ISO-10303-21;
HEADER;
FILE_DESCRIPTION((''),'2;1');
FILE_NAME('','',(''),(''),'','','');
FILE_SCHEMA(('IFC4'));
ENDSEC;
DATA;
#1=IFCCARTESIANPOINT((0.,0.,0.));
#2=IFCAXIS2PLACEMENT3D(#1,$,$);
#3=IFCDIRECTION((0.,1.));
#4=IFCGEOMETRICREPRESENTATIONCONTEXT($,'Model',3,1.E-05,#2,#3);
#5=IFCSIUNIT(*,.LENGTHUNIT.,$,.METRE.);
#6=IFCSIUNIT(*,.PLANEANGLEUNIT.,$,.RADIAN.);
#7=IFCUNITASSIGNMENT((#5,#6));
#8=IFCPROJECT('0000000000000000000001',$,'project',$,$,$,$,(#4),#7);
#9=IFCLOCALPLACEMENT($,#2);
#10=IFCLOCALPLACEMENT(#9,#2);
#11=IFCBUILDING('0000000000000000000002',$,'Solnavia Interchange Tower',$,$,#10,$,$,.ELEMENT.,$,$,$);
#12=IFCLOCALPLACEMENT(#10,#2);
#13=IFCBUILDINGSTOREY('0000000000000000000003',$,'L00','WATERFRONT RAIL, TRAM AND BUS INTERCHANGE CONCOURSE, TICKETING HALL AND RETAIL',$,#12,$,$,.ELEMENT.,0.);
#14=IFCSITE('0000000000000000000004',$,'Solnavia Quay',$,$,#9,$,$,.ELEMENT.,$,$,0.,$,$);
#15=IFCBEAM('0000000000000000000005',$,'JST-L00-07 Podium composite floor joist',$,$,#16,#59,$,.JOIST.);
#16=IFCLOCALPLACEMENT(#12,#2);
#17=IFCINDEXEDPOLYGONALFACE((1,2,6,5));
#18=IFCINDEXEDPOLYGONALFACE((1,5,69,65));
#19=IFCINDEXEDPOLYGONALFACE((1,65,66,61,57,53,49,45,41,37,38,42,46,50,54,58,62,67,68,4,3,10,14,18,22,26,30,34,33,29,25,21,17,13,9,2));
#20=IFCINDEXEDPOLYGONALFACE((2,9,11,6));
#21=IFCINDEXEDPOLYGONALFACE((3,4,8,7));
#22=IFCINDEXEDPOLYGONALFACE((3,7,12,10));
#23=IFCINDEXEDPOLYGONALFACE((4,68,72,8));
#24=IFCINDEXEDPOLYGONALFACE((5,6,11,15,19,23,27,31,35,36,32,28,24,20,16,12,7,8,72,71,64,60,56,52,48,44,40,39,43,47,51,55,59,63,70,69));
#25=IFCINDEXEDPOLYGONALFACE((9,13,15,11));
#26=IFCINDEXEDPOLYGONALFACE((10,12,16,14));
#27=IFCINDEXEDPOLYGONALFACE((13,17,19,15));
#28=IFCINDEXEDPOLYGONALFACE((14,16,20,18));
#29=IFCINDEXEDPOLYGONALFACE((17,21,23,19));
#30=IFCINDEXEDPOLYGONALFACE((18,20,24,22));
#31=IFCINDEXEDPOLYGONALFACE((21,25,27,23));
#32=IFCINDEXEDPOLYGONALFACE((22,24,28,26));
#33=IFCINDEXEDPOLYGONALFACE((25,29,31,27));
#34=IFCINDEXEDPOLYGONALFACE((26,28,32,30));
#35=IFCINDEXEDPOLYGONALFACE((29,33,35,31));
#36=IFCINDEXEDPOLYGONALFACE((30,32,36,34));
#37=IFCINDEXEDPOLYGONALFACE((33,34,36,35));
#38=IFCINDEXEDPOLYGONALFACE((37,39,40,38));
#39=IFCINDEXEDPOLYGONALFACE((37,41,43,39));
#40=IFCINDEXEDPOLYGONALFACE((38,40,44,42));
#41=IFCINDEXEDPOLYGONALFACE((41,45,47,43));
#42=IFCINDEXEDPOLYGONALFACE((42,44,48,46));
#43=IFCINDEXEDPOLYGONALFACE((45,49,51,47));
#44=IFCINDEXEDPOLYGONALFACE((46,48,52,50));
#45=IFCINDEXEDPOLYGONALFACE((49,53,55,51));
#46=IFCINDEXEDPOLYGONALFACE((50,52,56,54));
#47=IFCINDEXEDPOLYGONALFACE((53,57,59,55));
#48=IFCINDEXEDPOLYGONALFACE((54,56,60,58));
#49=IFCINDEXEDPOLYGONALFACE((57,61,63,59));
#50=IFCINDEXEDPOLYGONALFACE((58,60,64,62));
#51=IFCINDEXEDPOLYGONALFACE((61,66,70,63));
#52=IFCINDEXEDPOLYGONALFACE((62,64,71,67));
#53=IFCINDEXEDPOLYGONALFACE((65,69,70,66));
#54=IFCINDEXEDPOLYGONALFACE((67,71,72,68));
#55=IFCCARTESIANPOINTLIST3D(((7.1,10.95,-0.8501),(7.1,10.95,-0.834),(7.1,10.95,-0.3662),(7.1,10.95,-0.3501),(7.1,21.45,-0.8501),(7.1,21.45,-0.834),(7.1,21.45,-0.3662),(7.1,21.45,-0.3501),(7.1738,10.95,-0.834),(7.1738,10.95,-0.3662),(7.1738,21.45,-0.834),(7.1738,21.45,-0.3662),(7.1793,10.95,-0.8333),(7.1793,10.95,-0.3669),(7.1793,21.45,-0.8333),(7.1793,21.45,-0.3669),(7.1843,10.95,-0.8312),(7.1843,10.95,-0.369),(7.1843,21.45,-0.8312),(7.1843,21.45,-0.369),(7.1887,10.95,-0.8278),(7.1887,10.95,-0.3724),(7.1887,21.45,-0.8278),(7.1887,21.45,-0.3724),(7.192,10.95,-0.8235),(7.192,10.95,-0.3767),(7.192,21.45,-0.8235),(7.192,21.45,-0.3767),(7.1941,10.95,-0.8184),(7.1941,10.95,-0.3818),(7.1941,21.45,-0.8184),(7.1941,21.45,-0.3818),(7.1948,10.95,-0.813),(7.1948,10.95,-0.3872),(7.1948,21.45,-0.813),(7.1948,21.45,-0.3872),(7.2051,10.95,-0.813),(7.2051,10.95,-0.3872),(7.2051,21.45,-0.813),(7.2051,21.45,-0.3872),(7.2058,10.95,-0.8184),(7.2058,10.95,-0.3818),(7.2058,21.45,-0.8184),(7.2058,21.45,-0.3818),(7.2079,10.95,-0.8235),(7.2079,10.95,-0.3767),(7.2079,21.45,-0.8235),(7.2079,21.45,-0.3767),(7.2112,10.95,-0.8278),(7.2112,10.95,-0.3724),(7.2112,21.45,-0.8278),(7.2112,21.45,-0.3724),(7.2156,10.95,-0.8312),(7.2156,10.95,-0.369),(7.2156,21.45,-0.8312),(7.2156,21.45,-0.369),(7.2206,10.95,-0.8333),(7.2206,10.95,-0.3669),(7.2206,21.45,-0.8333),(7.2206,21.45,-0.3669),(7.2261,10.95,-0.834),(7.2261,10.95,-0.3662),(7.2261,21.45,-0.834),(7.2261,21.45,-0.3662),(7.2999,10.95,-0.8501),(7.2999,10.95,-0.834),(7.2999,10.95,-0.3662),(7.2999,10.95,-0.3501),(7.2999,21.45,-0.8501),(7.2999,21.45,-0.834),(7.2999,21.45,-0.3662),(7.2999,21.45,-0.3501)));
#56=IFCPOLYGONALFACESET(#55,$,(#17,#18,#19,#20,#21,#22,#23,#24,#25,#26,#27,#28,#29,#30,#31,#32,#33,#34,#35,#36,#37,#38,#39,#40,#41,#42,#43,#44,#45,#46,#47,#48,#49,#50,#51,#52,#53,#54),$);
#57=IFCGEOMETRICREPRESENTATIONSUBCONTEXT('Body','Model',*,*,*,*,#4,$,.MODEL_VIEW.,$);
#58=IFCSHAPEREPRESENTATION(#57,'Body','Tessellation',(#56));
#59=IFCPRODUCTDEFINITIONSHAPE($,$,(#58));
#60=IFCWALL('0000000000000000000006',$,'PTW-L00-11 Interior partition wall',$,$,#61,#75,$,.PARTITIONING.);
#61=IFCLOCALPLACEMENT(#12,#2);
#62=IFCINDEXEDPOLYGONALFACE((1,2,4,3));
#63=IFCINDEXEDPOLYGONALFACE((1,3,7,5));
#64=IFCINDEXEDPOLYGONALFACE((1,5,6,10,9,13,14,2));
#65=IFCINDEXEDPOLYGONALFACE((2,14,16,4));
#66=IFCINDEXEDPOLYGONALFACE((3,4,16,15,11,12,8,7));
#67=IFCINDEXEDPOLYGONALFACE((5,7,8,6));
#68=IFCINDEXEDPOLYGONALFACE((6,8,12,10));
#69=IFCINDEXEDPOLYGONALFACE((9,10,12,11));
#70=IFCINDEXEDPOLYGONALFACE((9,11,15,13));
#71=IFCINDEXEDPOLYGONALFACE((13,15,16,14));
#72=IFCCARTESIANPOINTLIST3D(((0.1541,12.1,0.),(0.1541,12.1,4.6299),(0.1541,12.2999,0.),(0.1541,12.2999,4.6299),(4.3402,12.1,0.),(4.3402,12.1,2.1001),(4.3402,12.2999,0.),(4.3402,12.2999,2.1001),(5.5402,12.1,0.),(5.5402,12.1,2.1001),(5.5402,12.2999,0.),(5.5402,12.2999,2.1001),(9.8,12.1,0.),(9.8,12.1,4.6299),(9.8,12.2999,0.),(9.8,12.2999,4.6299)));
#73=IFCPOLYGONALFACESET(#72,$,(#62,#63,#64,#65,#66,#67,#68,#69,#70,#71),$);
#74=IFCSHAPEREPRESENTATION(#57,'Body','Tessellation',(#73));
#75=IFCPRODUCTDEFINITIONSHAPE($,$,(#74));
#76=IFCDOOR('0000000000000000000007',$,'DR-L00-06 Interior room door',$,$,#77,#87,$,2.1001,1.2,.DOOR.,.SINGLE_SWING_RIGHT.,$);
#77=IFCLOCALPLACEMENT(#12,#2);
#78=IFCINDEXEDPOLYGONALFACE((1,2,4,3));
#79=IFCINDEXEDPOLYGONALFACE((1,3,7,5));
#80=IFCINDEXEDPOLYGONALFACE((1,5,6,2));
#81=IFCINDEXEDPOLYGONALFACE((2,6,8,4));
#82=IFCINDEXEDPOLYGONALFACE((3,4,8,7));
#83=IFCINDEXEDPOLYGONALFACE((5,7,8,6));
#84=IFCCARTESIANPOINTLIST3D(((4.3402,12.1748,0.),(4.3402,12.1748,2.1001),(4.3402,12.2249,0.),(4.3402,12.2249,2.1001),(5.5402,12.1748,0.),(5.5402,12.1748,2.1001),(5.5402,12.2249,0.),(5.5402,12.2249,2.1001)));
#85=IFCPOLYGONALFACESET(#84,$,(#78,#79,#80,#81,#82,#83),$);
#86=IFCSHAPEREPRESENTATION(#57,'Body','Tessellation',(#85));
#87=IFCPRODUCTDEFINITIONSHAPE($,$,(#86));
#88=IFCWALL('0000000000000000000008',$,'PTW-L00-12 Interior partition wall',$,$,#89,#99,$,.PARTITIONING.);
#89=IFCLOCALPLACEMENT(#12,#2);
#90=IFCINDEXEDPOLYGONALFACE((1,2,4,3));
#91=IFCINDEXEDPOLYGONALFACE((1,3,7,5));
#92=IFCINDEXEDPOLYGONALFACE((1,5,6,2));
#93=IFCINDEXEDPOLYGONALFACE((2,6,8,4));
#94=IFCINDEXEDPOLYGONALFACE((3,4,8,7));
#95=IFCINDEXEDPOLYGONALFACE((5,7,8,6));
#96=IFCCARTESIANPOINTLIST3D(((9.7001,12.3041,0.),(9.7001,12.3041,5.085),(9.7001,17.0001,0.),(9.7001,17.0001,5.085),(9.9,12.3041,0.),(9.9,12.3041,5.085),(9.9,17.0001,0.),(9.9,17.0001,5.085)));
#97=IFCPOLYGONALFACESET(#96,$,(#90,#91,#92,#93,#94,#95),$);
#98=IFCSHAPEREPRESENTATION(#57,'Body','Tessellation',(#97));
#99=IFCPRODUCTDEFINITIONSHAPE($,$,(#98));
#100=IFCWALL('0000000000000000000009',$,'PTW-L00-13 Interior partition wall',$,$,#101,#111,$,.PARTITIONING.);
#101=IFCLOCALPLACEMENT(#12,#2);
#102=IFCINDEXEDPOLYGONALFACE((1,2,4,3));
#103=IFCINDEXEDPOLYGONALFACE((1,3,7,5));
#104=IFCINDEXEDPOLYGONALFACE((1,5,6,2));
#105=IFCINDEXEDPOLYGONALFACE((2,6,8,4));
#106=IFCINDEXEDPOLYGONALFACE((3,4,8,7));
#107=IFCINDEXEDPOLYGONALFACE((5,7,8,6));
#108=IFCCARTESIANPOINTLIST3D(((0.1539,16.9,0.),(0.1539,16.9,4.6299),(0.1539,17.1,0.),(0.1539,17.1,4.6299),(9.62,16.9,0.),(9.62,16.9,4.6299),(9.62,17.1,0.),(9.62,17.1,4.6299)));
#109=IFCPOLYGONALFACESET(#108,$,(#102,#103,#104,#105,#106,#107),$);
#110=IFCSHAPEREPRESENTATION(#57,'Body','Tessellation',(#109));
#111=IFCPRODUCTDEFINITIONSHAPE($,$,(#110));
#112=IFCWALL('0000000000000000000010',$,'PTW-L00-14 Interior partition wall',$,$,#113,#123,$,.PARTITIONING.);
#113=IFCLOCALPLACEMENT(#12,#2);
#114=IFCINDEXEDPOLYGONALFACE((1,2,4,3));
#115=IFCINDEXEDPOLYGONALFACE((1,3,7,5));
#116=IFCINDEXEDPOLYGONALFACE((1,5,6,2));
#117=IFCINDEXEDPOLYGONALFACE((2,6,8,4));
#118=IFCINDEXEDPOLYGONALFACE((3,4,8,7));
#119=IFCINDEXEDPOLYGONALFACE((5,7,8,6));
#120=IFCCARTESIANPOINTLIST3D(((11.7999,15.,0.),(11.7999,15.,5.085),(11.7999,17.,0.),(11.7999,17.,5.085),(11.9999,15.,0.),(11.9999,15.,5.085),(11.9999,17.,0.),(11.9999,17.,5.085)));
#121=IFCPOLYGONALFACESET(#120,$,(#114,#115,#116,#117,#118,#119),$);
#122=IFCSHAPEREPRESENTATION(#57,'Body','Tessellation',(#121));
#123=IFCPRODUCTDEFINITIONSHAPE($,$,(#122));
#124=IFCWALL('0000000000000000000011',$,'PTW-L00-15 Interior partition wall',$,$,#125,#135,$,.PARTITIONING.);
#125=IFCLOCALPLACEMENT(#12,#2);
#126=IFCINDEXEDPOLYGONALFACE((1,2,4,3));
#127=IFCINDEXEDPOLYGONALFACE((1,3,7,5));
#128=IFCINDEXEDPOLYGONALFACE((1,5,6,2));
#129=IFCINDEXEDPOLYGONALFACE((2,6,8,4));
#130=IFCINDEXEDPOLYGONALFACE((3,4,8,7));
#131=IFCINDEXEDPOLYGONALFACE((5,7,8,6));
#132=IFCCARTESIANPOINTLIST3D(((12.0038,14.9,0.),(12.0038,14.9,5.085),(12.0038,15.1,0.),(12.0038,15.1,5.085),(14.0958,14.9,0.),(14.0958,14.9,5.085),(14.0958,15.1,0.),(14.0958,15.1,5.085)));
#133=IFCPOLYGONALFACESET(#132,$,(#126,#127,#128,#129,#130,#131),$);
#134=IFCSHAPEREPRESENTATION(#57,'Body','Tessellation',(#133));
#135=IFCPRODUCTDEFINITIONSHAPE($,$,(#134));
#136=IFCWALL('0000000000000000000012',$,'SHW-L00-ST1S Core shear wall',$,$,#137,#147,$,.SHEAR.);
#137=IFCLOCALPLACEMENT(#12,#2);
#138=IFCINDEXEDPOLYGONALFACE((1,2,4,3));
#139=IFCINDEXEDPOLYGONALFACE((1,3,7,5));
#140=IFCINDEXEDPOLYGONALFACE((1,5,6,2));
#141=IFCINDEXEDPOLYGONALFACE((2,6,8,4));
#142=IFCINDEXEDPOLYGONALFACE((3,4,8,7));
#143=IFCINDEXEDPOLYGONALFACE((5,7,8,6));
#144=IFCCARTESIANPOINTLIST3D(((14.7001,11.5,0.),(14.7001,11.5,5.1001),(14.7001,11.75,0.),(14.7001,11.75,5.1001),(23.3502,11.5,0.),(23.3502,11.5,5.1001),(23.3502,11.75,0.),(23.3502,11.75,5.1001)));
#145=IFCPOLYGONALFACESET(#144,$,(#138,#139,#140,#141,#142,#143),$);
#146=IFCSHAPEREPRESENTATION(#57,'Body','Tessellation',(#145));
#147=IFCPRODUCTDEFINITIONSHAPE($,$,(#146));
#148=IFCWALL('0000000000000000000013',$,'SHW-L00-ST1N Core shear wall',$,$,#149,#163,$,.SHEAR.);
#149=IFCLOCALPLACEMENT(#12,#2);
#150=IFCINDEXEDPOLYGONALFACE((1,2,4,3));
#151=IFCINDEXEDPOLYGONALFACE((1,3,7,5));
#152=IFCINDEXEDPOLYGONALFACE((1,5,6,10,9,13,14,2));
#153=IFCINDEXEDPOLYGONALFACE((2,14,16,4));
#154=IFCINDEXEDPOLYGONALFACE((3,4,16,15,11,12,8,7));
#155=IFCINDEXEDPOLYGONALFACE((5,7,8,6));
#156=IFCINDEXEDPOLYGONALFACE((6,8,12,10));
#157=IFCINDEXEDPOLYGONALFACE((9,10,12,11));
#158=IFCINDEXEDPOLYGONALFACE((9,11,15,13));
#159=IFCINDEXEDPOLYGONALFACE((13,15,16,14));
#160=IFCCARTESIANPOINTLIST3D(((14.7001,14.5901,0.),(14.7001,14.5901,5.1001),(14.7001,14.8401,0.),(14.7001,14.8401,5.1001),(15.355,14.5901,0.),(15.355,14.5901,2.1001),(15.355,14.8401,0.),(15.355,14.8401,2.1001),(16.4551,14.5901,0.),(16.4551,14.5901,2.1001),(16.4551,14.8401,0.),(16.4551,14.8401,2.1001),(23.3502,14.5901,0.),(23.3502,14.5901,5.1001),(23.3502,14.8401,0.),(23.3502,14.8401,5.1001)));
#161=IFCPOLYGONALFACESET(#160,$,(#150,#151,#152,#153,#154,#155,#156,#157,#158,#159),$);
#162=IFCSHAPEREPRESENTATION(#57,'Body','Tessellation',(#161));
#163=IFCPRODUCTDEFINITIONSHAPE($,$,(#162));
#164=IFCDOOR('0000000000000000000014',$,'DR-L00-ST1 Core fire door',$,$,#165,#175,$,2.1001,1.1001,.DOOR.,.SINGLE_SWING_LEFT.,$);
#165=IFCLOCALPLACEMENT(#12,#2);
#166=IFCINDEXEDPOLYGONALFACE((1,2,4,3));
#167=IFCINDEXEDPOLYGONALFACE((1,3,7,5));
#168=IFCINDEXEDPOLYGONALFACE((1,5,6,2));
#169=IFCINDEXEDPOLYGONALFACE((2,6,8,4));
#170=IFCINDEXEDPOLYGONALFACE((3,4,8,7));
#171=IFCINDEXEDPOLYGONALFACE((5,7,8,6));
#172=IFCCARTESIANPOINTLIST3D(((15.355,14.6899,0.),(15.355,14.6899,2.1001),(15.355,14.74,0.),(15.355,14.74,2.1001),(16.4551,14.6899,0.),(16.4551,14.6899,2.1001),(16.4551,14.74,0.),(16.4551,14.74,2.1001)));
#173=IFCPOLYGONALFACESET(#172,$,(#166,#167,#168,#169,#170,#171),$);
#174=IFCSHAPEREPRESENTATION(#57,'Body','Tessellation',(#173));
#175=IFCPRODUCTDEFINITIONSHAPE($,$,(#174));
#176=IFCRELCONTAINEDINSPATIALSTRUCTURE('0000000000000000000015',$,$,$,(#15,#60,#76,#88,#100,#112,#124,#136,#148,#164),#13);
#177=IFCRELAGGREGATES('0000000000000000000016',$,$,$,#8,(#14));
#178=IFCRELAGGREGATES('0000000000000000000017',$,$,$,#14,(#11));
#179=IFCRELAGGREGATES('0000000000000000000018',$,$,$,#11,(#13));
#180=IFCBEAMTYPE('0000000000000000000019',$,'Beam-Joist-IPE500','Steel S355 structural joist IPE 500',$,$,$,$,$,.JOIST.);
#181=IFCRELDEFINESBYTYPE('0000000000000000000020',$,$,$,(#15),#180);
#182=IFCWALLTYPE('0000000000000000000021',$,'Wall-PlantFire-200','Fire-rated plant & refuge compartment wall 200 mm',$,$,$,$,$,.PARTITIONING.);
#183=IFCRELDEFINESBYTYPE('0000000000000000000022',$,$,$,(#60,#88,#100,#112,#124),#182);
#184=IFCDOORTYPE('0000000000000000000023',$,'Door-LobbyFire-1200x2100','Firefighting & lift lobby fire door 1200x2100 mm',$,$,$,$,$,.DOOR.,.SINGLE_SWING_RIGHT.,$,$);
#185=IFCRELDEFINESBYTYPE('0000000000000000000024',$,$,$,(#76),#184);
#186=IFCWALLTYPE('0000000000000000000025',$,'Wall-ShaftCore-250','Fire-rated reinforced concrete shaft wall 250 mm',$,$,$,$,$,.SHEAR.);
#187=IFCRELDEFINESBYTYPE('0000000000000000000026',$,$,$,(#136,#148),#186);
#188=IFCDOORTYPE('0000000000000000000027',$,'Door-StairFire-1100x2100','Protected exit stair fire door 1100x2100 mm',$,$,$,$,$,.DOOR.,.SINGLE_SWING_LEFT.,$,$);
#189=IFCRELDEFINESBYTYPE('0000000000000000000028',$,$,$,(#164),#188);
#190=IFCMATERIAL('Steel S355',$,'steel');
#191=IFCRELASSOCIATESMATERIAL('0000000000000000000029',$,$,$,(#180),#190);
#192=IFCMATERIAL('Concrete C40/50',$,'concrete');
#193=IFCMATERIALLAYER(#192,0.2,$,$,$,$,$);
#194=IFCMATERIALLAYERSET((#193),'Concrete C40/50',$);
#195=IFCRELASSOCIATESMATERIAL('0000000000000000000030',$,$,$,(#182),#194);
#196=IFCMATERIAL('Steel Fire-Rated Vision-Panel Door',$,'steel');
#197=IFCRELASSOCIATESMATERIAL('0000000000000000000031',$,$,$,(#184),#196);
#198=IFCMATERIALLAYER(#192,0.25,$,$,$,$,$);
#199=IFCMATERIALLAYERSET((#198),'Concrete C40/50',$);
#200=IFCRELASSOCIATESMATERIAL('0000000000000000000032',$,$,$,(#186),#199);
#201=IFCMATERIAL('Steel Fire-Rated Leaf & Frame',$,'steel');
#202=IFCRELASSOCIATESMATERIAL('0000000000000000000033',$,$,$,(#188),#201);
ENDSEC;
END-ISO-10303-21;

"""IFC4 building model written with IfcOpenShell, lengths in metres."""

from ifc_helpers import new_model, si_unit, direction, frame, frame_2d, origin, origin_2d, place, context, subcontext, project, spatial, rectangle, i_section, extrude, material, layer, layer_set, material_profile, profile_set, type_object, element, fill, save


model = new_model("IFC4")

# Units and contexts
model_context = context("Model", 3, precision=1e-05, world=origin(), true_north=direction((0.0, 1.0)))
body_context = subcontext(model_context, "Body", "Model", "MODEL_VIEW")
ifc_project = project(units=[si_unit("LENGTHUNIT", "METRE"), si_unit("PLANEANGLEUNIT", "RADIAN")], contexts=[model_context])

# Site, building, storey
site_placement = place(None, origin())
site = spatial("IfcSite", under=ifc_project, at=site_placement, Name="Solnavia Quay", CompositionType="ELEMENT", RefElevation=0.0)
building_placement = place(site_placement, origin())
building = spatial("IfcBuilding", under=site, at=building_placement, Name="Solnavia Interchange Tower", CompositionType="ELEMENT")
storey_placement = place(building_placement, origin())
storey = spatial("IfcBuildingStorey", under=building, at=storey_placement, Name="L00", Description="WATERFRONT RAIL, TRAM AND BUS INTERCHANGE CONCOURSE, TICKETING HALL AND RETAIL", CompositionType="ELEMENT", Elevation=0.0)

# Beam
ifc_material_1 = material(Name="Steel S355", Category="steel")
ifc_material_profile_1 = material_profile(ifc_material_1, i_section(OverallWidth=0.2, OverallDepth=0.5, WebThickness=0.0103, FlangeThickness=0.0161, FilletRadius=0.021, at=origin_2d()), Name="IPE 500")
ifc_profile_set_1 = profile_set([ifc_material_profile_1], Name="Steel S355")
beam_type_1 = type_object("IfcBeamType", Name="Beam-Joist-IPE500", Description="Steel S355 structural joist IPE 500", PredefinedType="JOIST", material=ifc_profile_set_1)
for number, where, z_axis, x_axis, name in (
    (1, (7.2, 10.95, -0.6001), (0.0, 1.0, 0.0), (-1.0, 0.0, 0.0), "JST-L00-07 Podium composite floor joist"),
):
    element("IfcBeam", number, at=place(storey_placement, frame(where, z_axis=z_axis, x_axis=x_axis)), inside=storey, type_object=beam_type_1, Name=name, PredefinedType="JOIST", context=body_context, shape_type="SweptSolid", body=[
        extrude(i_section(OverallWidth=0.2, OverallDepth=0.5, WebThickness=0.0103, FlangeThickness=0.0161, FilletRadius=0.021, at=origin_2d()), origin(), (0.0, 0.0, 1.0), 10.5),
    ])

# Wall, opening, door
ifc_material_2 = material(Name="Concrete C40/50", Category="concrete")
ifc_layer_1 = layer(ifc_material_2, 0.2)
ifc_layer_set_1 = layer_set([ifc_layer_1], Name="Concrete C40/50")
wall_type_1 = type_object("IfcWallType", Name="Wall-PlantFire-200", Description="Fire-rated plant & refuge compartment wall 200 mm", PredefinedType="PARTITIONING", material=ifc_layer_set_1)
wall_1_placement = place(storey_placement, frame((0.1541, 12.2, 0.0), z_axis=(0.0, 0.0, 1.0), x_axis=(1.0, 0.0, 0.0)))
wall_1 = element("IfcWall", 2, at=wall_1_placement, inside=storey, type_object=wall_type_1, Name="PTW-L00-11 Interior partition wall", PredefinedType="PARTITIONING", context=body_context, shape_type="SweptSolid", body=[
    extrude(rectangle(XDim=9.646, YDim=0.2, at=frame_2d((4.823, 0.0))), origin(), (0.0, 0.0, 1.0), 4.6299),
])
opening_1_placement = place(wall_1_placement, frame((4.186, 0.0, 0.0)))
opening_1 = element("IfcOpeningElement", 3, at=opening_1_placement, cuts=wall_1, PredefinedType="OPENING", context=body_context, shape_type="SweptSolid", body=[
    extrude(rectangle(XDim=1.2, YDim=2.1001, at=frame_2d((0.6001, 1.05))), frame((0.0, 0.1099, 0.0), z_axis=(0.0, -1.0, 0.0), x_axis=(1.0, 0.0, 0.0)), (0.0, 0.0, 1.0), 0.22),
])
ifc_material_3 = material(Name="Steel Fire-Rated Vision-Panel Door", Category="steel")
door_type_1 = type_object("IfcDoorType", Name="Door-LobbyFire-1200x2100", Description="Firefighting & lift lobby fire door 1200x2100 mm", OperationType="SINGLE_SWING_RIGHT", PredefinedType="DOOR", material=ifc_material_3)
door_1_placement = place(opening_1_placement, origin())
door_1 = element("IfcDoor", 4, at=door_1_placement, inside=storey, type_object=door_type_1, Name="DR-L00-06 Interior room door", OperationType="SINGLE_SWING_RIGHT", OverallHeight=2.1001, OverallWidth=1.2, PredefinedType="DOOR", context=body_context, shape_type="SweptSolid", body=[
    extrude(rectangle(XDim=1.2, YDim=2.1001, at=frame_2d((0.6001, 1.05))), frame((0.0, 0.0249, 0.0), z_axis=(0.0, -1.0, 0.0), x_axis=(1.0, 0.0, 0.0)), (0.0, 0.0, 1.0), 0.05),
])
fill(opening_1, door_1)

# Walls
wall_2_placement = place(storey_placement, frame((9.8, 12.304, 0.0), z_axis=(0.0, 0.0, 1.0), x_axis=(0.0, 1.0, 0.0)))
element("IfcWall", 5, at=wall_2_placement, inside=storey, type_object=wall_type_1, Name="PTW-L00-12 Interior partition wall", PredefinedType="PARTITIONING", context=body_context, shape_type="SweptSolid", body=[
    extrude(rectangle(XDim=4.696, YDim=0.2, at=frame_2d((2.3481, 0.0))), origin(), (0.0, 0.0, 1.0), 5.085),
])
wall_3_placement = place(storey_placement, frame((0.1541, 17.0, 0.0), z_axis=(0.0, 0.0, 1.0), x_axis=(1.0, 0.0, 0.0)))
element("IfcWall", 6, at=wall_3_placement, inside=storey, type_object=wall_type_1, Name="PTW-L00-13 Interior partition wall", PredefinedType="PARTITIONING", context=body_context, shape_type="SweptSolid", body=[
    extrude(rectangle(XDim=9.4661, YDim=0.2, at=frame_2d((4.7329, 0.0))), origin(), (0.0, 0.0, 1.0), 4.6299),
])
wall_4_placement = place(storey_placement, frame((11.8999, 15.0, 0.0), z_axis=(0.0, 0.0, 1.0), x_axis=(0.0, 1.0, 0.0)))
element("IfcWall", 7, at=wall_4_placement, inside=storey, type_object=wall_type_1, Name="PTW-L00-14 Interior partition wall", PredefinedType="PARTITIONING", context=body_context, shape_type="SweptSolid", body=[
    extrude(rectangle(XDim=2.0, YDim=0.2, at=frame_2d((1.0, 0.0))), origin(), (0.0, 0.0, 1.0), 5.085),
])
wall_5_placement = place(storey_placement, frame((12.0039, 15.0, 0.0), z_axis=(0.0, 0.0, 1.0), x_axis=(1.0, 0.0, 0.0)))
element("IfcWall", 8, at=wall_5_placement, inside=storey, type_object=wall_type_1, Name="PTW-L00-15 Interior partition wall", PredefinedType="PARTITIONING", context=body_context, shape_type="SweptSolid", body=[
    extrude(rectangle(XDim=2.092, YDim=0.2, at=frame_2d((1.0459, 0.0))), origin(), (0.0, 0.0, 1.0), 5.085),
])
ifc_layer_2 = layer(ifc_material_2, 0.25)
ifc_layer_set_2 = layer_set([ifc_layer_2], Name="Concrete C40/50")
wall_type_2 = type_object("IfcWallType", Name="Wall-ShaftCore-250", Description="Fire-rated reinforced concrete shaft wall 250 mm", PredefinedType="SHEAR", material=ifc_layer_set_2)
wall_6_placement = place(storey_placement, frame((14.7, 11.625, 0.0), z_axis=(0.0, 0.0, 1.0), x_axis=(1.0, 0.0, 0.0)))
element("IfcWall", 9, at=wall_6_placement, inside=storey, type_object=wall_type_2, Name="SHW-L00-ST1S Core shear wall", PredefinedType="SHEAR", context=body_context, shape_type="SweptSolid", body=[
    extrude(rectangle(XDim=8.6501, YDim=0.25, at=frame_2d((4.3252, 0.0))), origin(), (0.0, 0.0, 1.0), 5.1001),
])

# Wall, opening, door
wall_7_placement = place(storey_placement, frame((14.7, 14.7151, 0.0), z_axis=(0.0, 0.0, 1.0), x_axis=(1.0, 0.0, 0.0)))
wall_7 = element("IfcWall", 10, at=wall_7_placement, inside=storey, type_object=wall_type_2, Name="SHW-L00-ST1N Core shear wall", PredefinedType="SHEAR", context=body_context, shape_type="SweptSolid", body=[
    extrude(rectangle(XDim=8.6501, YDim=0.25, at=frame_2d((4.3252, 0.0))), origin(), (0.0, 0.0, 1.0), 5.1001),
])
opening_2_placement = place(wall_7_placement, frame((0.655, 0.0, 0.0)))
opening_2 = element("IfcOpeningElement", 11, at=opening_2_placement, cuts=wall_7, PredefinedType="OPENING", context=body_context, shape_type="SweptSolid", body=[
    extrude(rectangle(XDim=1.1001, YDim=2.1001, at=frame_2d((0.55, 1.05))), frame((0.0, 0.135, 0.0), z_axis=(0.0, -1.0, 0.0), x_axis=(1.0, 0.0, 0.0)), (0.0, 0.0, 1.0), 0.27),
])
ifc_material_4 = material(Name="Steel Fire-Rated Leaf & Frame", Category="steel")
door_type_2 = type_object("IfcDoorType", Name="Door-StairFire-1100x2100", Description="Protected exit stair fire door 1100x2100 mm", OperationType="SINGLE_SWING_LEFT", PredefinedType="DOOR", material=ifc_material_4)
door_2_placement = place(opening_2_placement, origin())
door_2 = element("IfcDoor", 12, at=door_2_placement, inside=storey, type_object=door_type_2, Name="DR-L00-ST1 Core fire door", OperationType="SINGLE_SWING_LEFT", OverallHeight=2.1001, OverallWidth=1.1001, PredefinedType="DOOR", context=body_context, shape_type="SweptSolid", body=[
    extrude(rectangle(XDim=1.1001, YDim=2.1001, at=frame_2d((0.55, 1.05))), frame((0.0, 0.0249, 0.0), z_axis=(0.0, -1.0, 0.0), x_axis=(1.0, 0.0, 0.0)), (0.0, 0.0, 1.0), 0.05),
])
fill(opening_2, door_2)

save(model, "model.ifc")
